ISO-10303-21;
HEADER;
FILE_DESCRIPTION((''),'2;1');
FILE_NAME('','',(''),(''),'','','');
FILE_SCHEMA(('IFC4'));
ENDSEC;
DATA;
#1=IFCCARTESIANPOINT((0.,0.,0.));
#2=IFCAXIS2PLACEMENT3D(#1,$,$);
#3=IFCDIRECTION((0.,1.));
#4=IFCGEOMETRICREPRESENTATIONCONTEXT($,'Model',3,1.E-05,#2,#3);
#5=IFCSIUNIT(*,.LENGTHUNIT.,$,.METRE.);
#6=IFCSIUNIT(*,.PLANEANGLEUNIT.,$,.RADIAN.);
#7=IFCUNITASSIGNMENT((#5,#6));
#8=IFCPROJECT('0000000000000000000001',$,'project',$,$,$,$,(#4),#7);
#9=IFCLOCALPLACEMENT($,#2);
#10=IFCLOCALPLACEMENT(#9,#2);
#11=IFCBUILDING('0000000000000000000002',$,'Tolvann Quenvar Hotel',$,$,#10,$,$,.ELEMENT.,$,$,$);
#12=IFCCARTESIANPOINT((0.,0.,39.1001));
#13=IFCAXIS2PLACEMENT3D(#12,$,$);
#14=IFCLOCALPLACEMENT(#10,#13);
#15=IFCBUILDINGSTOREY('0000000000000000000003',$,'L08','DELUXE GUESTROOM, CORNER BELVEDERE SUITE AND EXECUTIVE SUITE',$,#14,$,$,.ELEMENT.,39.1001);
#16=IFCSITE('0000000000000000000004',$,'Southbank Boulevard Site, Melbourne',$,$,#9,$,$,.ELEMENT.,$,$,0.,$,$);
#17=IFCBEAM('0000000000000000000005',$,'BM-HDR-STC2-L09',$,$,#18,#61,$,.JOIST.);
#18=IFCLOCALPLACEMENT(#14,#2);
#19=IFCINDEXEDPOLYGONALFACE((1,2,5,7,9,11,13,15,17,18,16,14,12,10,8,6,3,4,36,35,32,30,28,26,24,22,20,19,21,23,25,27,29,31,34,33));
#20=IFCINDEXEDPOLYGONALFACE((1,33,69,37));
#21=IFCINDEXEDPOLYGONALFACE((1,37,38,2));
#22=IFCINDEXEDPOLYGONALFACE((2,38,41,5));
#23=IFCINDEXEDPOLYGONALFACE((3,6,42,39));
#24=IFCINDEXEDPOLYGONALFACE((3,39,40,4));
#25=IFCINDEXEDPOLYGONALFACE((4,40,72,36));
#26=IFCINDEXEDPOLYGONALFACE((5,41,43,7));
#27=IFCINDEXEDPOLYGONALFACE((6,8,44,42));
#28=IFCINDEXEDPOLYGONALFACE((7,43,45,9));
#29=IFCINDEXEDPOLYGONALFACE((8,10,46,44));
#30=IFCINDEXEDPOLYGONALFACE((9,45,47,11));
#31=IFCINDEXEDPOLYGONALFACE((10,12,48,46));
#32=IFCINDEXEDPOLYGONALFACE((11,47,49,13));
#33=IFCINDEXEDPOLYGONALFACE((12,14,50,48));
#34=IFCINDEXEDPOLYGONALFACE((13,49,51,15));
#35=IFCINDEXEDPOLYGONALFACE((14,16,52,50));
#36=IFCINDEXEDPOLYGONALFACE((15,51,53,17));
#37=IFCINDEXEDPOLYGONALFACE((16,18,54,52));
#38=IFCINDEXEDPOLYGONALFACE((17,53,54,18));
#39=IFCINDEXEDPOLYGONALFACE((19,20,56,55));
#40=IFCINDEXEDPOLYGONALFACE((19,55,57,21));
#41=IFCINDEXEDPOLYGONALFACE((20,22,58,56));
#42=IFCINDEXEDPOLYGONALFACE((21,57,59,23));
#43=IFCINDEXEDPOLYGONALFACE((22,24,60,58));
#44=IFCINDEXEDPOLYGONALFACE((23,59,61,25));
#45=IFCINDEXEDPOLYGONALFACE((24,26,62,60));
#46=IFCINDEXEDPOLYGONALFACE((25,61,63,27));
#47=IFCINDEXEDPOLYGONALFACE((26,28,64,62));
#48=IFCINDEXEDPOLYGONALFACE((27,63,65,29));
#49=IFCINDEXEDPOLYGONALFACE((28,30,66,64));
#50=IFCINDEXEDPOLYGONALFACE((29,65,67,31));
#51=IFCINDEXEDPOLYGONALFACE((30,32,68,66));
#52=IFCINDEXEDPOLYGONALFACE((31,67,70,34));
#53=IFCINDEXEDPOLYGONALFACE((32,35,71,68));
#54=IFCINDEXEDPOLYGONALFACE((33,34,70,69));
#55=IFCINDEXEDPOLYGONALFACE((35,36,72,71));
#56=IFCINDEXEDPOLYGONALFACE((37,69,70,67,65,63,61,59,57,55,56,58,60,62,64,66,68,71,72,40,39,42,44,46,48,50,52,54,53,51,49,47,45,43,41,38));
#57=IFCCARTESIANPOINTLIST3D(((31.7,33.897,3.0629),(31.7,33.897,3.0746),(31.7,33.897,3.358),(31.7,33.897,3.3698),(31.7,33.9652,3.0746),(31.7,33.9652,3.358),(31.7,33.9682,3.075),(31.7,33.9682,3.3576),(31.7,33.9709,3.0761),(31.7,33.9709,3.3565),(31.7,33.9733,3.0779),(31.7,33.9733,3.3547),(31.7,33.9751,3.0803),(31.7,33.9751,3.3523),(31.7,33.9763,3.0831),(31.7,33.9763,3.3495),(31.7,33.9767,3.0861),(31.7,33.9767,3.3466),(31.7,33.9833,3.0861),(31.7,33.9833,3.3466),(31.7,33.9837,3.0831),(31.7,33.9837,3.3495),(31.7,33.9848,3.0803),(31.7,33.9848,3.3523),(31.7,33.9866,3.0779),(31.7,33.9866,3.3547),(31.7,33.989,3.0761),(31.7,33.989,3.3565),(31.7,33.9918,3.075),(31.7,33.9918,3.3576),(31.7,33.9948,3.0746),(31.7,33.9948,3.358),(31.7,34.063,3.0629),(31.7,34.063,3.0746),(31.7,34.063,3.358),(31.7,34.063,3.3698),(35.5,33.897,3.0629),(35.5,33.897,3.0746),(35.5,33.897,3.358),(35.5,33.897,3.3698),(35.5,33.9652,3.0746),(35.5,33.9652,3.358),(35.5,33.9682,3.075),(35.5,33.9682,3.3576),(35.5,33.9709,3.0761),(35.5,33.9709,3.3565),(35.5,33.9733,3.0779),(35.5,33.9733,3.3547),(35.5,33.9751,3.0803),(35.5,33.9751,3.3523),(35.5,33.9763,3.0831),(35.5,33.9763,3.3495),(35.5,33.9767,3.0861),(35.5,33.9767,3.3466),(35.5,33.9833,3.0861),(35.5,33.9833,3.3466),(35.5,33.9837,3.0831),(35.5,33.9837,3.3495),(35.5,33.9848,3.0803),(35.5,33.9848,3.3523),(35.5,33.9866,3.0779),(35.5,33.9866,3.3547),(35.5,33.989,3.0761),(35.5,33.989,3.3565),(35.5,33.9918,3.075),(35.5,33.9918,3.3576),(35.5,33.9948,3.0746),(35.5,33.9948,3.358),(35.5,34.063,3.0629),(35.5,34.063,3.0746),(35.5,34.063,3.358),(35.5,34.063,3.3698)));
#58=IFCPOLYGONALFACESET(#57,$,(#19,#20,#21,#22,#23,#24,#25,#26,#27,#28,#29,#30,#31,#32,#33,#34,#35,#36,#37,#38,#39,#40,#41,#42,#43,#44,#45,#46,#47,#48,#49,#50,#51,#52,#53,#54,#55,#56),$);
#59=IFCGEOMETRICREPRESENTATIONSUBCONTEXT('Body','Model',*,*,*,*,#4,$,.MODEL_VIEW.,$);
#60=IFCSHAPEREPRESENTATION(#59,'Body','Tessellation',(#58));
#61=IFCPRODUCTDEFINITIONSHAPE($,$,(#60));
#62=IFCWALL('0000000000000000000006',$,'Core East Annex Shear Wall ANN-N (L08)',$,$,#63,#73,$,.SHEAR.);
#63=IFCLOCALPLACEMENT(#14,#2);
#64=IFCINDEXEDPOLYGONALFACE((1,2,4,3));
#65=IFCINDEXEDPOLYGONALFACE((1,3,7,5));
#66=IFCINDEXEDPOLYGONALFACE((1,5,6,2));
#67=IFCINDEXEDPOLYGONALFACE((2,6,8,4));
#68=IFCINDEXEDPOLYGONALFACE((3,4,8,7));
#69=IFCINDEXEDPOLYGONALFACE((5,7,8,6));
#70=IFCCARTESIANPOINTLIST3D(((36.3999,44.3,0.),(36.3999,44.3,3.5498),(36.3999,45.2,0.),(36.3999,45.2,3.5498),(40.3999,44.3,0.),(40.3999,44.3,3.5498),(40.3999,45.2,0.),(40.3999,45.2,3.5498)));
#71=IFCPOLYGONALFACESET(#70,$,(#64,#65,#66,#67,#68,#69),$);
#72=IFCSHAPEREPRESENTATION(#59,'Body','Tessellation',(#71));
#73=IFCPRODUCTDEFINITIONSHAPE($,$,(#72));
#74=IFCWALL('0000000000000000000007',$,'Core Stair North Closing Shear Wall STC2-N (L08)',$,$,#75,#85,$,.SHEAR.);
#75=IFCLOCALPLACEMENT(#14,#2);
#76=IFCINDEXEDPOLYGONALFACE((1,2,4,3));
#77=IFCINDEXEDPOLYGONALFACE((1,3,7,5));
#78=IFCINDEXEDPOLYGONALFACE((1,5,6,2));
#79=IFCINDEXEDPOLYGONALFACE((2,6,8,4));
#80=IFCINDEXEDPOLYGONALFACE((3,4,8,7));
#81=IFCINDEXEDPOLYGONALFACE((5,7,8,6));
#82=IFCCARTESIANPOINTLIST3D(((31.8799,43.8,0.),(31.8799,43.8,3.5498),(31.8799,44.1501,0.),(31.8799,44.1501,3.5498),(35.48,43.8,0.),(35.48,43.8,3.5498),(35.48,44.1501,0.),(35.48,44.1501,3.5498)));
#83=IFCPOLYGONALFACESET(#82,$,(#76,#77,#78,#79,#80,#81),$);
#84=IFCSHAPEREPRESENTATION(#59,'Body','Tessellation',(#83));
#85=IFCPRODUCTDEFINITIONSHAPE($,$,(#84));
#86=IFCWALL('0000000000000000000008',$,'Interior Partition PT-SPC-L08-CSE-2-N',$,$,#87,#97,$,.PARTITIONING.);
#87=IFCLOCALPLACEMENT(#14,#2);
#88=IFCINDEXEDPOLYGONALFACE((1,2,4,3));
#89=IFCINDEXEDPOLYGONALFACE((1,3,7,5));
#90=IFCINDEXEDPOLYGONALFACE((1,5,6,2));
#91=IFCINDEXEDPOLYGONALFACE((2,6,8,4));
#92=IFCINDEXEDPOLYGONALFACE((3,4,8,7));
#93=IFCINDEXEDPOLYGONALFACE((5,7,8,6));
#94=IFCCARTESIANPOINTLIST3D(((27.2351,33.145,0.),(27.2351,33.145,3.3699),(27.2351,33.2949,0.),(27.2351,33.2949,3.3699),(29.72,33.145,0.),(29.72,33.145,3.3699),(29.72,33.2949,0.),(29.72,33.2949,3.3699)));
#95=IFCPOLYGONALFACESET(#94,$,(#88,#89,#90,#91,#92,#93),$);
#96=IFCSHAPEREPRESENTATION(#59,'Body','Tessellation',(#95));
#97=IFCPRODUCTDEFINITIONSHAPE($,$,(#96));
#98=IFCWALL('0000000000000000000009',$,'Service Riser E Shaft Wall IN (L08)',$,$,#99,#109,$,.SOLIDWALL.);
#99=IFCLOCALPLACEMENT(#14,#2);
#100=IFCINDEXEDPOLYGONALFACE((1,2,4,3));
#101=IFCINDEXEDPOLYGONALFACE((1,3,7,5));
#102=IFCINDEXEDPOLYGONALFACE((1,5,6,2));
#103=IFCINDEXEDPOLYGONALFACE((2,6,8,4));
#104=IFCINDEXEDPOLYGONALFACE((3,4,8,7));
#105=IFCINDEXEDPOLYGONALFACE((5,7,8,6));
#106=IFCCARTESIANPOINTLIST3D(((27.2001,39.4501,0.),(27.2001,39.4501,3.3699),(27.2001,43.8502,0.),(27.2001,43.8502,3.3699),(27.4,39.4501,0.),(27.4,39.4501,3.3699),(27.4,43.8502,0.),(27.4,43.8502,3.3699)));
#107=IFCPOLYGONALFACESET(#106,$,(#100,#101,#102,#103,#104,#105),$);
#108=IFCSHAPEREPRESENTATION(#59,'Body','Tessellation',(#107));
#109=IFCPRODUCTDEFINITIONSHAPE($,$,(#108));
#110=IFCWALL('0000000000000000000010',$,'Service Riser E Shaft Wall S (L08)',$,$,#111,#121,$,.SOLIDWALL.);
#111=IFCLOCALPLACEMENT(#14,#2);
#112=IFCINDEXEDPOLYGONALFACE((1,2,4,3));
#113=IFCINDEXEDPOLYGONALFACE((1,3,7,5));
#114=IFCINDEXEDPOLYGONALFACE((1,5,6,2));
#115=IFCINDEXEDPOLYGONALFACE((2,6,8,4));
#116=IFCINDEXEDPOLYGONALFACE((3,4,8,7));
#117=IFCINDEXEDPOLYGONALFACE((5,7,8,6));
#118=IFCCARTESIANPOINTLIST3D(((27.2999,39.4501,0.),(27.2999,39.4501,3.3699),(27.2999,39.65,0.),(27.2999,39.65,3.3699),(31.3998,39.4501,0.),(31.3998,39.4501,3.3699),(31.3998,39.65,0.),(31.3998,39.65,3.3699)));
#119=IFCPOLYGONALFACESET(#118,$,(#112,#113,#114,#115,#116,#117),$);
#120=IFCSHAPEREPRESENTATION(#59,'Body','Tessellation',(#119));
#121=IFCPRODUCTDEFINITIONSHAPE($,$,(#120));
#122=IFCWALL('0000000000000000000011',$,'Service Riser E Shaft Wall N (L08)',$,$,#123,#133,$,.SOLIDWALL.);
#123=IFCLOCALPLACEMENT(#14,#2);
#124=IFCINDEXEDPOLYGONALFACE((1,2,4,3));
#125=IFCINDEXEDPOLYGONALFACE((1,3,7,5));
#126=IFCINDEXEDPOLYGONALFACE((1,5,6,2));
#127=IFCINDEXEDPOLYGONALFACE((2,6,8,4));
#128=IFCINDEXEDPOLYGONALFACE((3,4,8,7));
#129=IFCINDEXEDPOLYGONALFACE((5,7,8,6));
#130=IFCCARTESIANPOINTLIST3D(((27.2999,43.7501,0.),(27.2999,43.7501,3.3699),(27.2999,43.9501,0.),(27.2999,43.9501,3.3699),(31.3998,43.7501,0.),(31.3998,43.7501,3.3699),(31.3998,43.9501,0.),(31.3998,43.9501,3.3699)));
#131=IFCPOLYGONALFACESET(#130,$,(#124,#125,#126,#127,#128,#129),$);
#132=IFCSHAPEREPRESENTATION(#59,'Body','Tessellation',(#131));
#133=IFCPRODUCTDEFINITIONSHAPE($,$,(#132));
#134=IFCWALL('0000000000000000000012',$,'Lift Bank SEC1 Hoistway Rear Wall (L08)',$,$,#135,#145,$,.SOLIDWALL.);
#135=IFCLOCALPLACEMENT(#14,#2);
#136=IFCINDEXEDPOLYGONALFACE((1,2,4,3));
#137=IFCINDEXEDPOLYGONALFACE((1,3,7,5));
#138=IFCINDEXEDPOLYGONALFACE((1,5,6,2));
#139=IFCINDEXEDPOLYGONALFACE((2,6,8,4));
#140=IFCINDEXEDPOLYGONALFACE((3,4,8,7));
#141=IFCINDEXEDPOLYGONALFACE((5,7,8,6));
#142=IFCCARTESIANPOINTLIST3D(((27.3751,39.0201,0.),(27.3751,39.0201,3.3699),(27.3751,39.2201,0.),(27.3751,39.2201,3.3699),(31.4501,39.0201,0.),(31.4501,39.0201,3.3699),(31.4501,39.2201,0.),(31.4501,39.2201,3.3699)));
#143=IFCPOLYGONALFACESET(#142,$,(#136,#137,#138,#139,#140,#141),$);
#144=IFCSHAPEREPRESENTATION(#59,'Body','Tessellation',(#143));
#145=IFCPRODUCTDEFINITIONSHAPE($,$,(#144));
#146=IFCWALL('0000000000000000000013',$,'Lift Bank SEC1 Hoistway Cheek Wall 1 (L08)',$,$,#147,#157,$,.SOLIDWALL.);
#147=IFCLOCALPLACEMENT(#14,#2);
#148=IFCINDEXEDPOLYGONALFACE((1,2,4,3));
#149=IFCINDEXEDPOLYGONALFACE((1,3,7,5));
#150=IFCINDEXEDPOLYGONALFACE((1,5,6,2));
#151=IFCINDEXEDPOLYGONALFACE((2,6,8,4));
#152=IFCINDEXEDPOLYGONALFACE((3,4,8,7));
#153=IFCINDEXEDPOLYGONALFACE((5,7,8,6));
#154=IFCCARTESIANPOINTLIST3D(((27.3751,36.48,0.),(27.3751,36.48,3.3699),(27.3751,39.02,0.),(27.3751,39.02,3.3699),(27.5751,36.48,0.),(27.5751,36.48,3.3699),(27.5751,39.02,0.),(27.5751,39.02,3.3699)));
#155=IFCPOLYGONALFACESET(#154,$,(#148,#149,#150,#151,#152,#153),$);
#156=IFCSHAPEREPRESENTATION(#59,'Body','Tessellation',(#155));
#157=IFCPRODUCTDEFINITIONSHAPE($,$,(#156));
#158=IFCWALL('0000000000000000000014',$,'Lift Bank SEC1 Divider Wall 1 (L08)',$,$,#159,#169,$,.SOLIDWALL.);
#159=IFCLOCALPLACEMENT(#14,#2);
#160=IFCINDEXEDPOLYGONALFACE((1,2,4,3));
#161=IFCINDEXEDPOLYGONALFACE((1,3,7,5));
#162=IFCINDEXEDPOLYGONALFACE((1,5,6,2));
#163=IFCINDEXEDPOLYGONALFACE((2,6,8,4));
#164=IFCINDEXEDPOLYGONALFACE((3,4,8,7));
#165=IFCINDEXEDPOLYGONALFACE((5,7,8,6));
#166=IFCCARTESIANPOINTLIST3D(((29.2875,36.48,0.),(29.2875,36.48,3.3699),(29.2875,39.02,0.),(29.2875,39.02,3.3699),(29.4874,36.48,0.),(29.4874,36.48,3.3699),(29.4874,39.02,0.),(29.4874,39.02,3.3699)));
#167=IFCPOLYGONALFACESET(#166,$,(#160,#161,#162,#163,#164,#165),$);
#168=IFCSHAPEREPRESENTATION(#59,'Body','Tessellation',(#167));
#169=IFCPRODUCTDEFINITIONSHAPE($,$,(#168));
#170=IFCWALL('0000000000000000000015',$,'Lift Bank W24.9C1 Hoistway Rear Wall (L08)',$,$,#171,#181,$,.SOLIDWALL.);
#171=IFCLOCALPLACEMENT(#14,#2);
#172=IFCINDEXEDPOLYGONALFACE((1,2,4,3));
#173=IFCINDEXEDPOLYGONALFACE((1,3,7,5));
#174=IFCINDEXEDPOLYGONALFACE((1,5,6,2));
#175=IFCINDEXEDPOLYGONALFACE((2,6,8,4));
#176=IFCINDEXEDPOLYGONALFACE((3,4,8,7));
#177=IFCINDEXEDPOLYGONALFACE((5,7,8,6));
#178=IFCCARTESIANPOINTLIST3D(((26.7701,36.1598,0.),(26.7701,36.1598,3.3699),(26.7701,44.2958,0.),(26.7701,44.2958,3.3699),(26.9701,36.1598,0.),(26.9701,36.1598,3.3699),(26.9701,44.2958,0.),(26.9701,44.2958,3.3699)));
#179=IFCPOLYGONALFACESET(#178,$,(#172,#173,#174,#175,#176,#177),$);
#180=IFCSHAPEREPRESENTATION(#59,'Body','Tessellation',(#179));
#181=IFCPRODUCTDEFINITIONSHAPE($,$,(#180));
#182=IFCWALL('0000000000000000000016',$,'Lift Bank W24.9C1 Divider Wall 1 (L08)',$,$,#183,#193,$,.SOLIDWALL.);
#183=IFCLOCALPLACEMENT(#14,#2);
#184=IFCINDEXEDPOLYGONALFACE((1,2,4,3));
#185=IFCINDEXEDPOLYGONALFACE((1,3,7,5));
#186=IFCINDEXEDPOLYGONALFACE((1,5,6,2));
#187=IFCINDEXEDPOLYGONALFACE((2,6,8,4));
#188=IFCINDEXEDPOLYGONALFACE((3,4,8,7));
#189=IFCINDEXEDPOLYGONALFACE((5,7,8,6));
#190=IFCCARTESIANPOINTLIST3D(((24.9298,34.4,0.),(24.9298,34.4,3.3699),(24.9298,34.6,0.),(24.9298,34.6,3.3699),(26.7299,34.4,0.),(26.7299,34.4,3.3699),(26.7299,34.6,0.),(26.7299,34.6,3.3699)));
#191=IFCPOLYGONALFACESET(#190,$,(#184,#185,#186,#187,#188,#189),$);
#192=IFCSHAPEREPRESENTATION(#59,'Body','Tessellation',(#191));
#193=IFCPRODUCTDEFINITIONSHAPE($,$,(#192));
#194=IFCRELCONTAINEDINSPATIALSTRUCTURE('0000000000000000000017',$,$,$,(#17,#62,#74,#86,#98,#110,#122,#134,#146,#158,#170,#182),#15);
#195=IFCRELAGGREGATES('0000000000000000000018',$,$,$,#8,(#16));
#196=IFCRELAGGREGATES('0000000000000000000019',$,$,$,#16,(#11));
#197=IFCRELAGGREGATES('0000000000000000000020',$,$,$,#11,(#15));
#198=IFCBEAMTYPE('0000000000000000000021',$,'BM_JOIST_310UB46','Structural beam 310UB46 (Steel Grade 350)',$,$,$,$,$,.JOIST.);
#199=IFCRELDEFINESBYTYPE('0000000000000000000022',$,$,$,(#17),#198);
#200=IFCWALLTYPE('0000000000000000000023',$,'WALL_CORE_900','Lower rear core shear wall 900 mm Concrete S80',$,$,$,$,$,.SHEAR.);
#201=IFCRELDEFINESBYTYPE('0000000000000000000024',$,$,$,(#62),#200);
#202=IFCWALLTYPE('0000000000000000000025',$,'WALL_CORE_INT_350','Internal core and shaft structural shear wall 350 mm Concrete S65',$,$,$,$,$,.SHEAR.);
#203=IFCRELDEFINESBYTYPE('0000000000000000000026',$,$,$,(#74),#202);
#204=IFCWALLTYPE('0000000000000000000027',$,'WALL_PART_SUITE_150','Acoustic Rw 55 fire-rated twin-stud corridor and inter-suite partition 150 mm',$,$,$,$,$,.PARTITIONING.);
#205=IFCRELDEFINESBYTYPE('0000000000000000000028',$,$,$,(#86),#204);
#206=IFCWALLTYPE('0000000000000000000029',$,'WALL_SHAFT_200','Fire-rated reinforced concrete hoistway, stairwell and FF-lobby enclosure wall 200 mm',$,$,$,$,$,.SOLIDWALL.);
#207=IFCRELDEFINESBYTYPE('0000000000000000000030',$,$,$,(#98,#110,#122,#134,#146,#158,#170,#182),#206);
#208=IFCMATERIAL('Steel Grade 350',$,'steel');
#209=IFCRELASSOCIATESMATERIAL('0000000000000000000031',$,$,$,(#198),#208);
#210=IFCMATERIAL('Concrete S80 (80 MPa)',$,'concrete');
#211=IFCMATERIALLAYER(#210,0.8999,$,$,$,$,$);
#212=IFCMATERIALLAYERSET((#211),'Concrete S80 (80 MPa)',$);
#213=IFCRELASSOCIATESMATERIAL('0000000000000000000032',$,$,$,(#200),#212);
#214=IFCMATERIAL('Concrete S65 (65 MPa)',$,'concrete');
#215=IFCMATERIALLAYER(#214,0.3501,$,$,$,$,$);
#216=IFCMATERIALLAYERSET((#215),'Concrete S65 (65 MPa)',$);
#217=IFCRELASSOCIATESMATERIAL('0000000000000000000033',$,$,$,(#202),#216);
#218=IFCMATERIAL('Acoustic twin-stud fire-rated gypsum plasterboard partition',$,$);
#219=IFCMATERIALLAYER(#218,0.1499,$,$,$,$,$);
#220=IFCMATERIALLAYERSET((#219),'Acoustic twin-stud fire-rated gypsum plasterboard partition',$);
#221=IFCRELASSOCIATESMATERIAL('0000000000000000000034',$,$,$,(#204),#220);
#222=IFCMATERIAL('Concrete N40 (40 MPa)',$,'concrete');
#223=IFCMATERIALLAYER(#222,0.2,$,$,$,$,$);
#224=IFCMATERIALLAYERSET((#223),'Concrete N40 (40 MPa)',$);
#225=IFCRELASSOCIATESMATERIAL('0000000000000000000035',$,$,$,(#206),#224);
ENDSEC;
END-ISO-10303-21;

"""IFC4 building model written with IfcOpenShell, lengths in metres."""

from ifc_helpers import new_model, si_unit, direction, frame, frame_2d, origin, origin_2d, place, context, subcontext, project, spatial, rectangle, i_section, extrude, source, transform, mapped, material, layer, layer_set, material_profile, profile_set, type_object, type_shapes, element, save


model = new_model("IFC4")

# Units and contexts
model_context = context("Model", 3, precision=1e-05, world=origin(), true_north=direction((0.0, 1.0)))
body_context = subcontext(model_context, "Body", "Model", "MODEL_VIEW")
ifc_project = project(units=[si_unit("LENGTHUNIT", "METRE"), si_unit("PLANEANGLEUNIT", "RADIAN")], contexts=[model_context])

# Site, building, storey
site_placement = place(None, origin())
site = spatial("IfcSite", under=ifc_project, at=site_placement, Name="Southbank Boulevard Site, Melbourne", CompositionType="ELEMENT", RefElevation=0.0)
building_placement = place(site_placement, origin())
building = spatial("IfcBuilding", under=site, at=building_placement, Name="Tolvann Quenvar Hotel", CompositionType="ELEMENT")
storey_placement = place(building_placement, frame((0.0, 0.0, 39.1001)))
storey = spatial("IfcBuildingStorey", under=building, at=storey_placement, Name="L08", Description="DELUXE GUESTROOM, CORNER BELVEDERE SUITE AND EXECUTIVE SUITE", CompositionType="ELEMENT", Elevation=39.1001)

# Beam
ifc_material_1 = material(Name="Steel Grade 350", Category="steel")
ifc_material_profile = material_profile(ifc_material_1, i_section(OverallWidth=0.166, OverallDepth=0.3069, WebThickness=0.0066, FlangeThickness=0.0117, FilletRadius=0.0115, at=origin_2d()), Name="310UB46")
ifc_profile_set = profile_set([ifc_material_profile], Name="Steel Grade 350")
beam_type = type_object("IfcBeamType", Name="BM_JOIST_310UB46", Description="Structural beam 310UB46 (Steel Grade 350)", PredefinedType="JOIST", material=ifc_profile_set)
shared_shape_1 = source(origin(), body_context, "Body", "SweptSolid", [
    extrude(i_section(OverallWidth=0.166, OverallDepth=0.3069, WebThickness=0.0066, FlangeThickness=0.0117, FilletRadius=0.0115, at=origin_2d()), origin(), (0.0, 0.0, 1.0), 3.8),
])
type_shapes(beam_type, [shared_shape_1])
beam_placement = place(storey_placement, frame((31.7, 33.98, 3.2163), z_axis=(1.0, 0.0, 0.0), x_axis=(0.0, 1.0, 0.0)))
element("IfcBeam", 1, at=beam_placement, inside=storey, type_object=beam_type, Name="BM-HDR-STC2-L09", PredefinedType="JOIST", context=body_context, shape_type="MappedRepresentation", body=[
    mapped(shared_shape_1, transform((0.0, 0.0, 0.0), x_axis=(1.0, 0.0, 0.0), y_axis=(0.0, 1.0, 0.0), z_axis=(0.0, 0.0, 1.0), scale=1.0)),
])

# Walls
ifc_material_2 = material(Name="Concrete S80 (80 MPa)", Category="concrete")
ifc_layer_1 = layer(ifc_material_2, 0.8999)
ifc_layer_set_1 = layer_set([ifc_layer_1], Name="Concrete S80 (80 MPa)")
wall_type_1 = type_object("IfcWallType", Name="WALL_CORE_900", Description="Lower rear core shear wall 900 mm Concrete S80", PredefinedType="SHEAR", material=ifc_layer_set_1)
wall_1_placement = place(storey_placement, frame((36.3999, 44.75, 0.0), z_axis=(0.0, 0.0, 1.0), x_axis=(1.0, 0.0, 0.0)))
element("IfcWall", 2, at=wall_1_placement, inside=storey, type_object=wall_type_1, Name="Core East Annex Shear Wall ANN-N (L08)", PredefinedType="SHEAR", context=body_context, shape_type="SweptSolid", body=[
    extrude(rectangle(XDim=4.0, YDim=0.8999, at=frame_2d((2.0, 0.0))), origin(), (0.0, 0.0, 1.0), 3.5498),
])
ifc_material_3 = material(Name="Concrete S65 (65 MPa)", Category="concrete")
ifc_layer_2 = layer(ifc_material_3, 0.3501)
ifc_layer_set_2 = layer_set([ifc_layer_2], Name="Concrete S65 (65 MPa)")
wall_type_2 = type_object("IfcWallType", Name="WALL_CORE_INT_350", Description="Internal core and shaft structural shear wall 350 mm Concrete S65", PredefinedType="SHEAR", material=ifc_layer_set_2)
wall_2_placement = place(storey_placement, frame((31.8799, 43.9751, 0.0), z_axis=(0.0, 0.0, 1.0), x_axis=(1.0, 0.0, 0.0)))
element("IfcWall", 3, at=wall_2_placement, inside=storey, type_object=wall_type_2, Name="Core Stair North Closing Shear Wall STC2-N (L08)", PredefinedType="SHEAR", context=body_context, shape_type="SweptSolid", body=[
    extrude(rectangle(XDim=3.6001, YDim=0.3501, at=frame_2d((1.8, 0.0))), origin(), (0.0, 0.0, 1.0), 3.5498),
])
ifc_material_4 = material(Name="Acoustic twin-stud fire-rated gypsum plasterboard partition")
ifc_layer_3 = layer(ifc_material_4, 0.1499)
ifc_layer_set_3 = layer_set([ifc_layer_3], Name="Acoustic twin-stud fire-rated gypsum plasterboard partition")
wall_type_3 = type_object("IfcWallType", Name="WALL_PART_SUITE_150", Description="Acoustic Rw 55 fire-rated twin-stud corridor and inter-suite partition 150 mm", PredefinedType="PARTITIONING", material=ifc_layer_set_3)
wall_3_placement = place(storey_placement, frame((27.2351, 33.22, 0.0), z_axis=(0.0, 0.0, 1.0), x_axis=(1.0, 0.0, 0.0)))
element("IfcWall", 4, at=wall_3_placement, inside=storey, type_object=wall_type_3, Name="Interior Partition PT-SPC-L08-CSE-2-N", PredefinedType="PARTITIONING", context=body_context, shape_type="SweptSolid", body=[
    extrude(rectangle(XDim=2.4849, YDim=0.1499, at=frame_2d((1.2424, 0.0))), origin(), (0.0, 0.0, 1.0), 3.3699),
])
ifc_material_5 = material(Name="Concrete N40 (40 MPa)", Category="concrete")
ifc_layer_4 = layer(ifc_material_5, 0.2)
ifc_layer_set_4 = layer_set([ifc_layer_4], Name="Concrete N40 (40 MPa)")
wall_type_4 = type_object("IfcWallType", Name="WALL_SHAFT_200", Description="Fire-rated reinforced concrete hoistway, stairwell and FF-lobby enclosure wall 200 mm", PredefinedType="SOLIDWALL", material=ifc_layer_set_4)
wall_4_placement = place(storey_placement, frame((27.3, 39.45, 0.0), z_axis=(0.0, 0.0, 1.0), x_axis=(0.0, 1.0, 0.0)))
element("IfcWall", 5, at=wall_4_placement, inside=storey, type_object=wall_type_4, Name="Service Riser E Shaft Wall IN (L08)", PredefinedType="SOLIDWALL", context=body_context, shape_type="SweptSolid", body=[
    extrude(rectangle(XDim=4.4001, YDim=0.2, at=frame_2d((2.2002, 0.0))), origin(), (0.0, 0.0, 1.0), 3.3699),
])
for number, where, z_axis, x_axis, name in (
    (6, (27.3, 39.55, 0.0), (0.0, 0.0, 1.0), (1.0, 0.0, 0.0), "Service Riser E Shaft Wall S (L08)"),
    (7, (27.3, 43.8501, 0.0), (0.0, 0.0, 1.0), (1.0, 0.0, 0.0), "Service Riser E Shaft Wall N (L08)"),
):
    element("IfcWall", number, at=place(storey_placement, frame(where, z_axis=z_axis, x_axis=x_axis)), inside=storey, type_object=wall_type_4, Name=name, PredefinedType="SOLIDWALL", context=body_context, shape_type="SweptSolid", body=[
        extrude(rectangle(XDim=4.0999, YDim=0.2, at=frame_2d((2.0498, 0.0))), origin(), (0.0, 0.0, 1.0), 3.3699),
    ])

# Walls
wall_5_placement = place(storey_placement, frame((27.375, 39.1201, 0.0), z_axis=(0.0, 0.0, 1.0), x_axis=(1.0, 0.0, 0.0)))
element("IfcWall", 8, at=wall_5_placement, inside=storey, type_object=wall_type_4, Name="Lift Bank SEC1 Hoistway Rear Wall (L08)", PredefinedType="SOLIDWALL", context=body_context, shape_type="SweptSolid", body=[
    extrude(rectangle(XDim=4.075, YDim=0.2, at=frame_2d((2.0376, 0.0))), origin(), (0.0, 0.0, 1.0), 3.3699),
])
for number, where, z_axis, x_axis, name in (
    (9, (27.4751, 36.48, 0.0), (0.0, 0.0, 1.0), (0.0, 1.0, 0.0), "Lift Bank SEC1 Hoistway Cheek Wall 1 (L08)"),
    (10, (29.3875, 36.48, 0.0), (0.0, 0.0, 1.0), (0.0, 1.0, 0.0), "Lift Bank SEC1 Divider Wall 1 (L08)"),
):
    element("IfcWall", number, at=place(storey_placement, frame(where, z_axis=z_axis, x_axis=x_axis)), inside=storey, type_object=wall_type_4, Name=name, PredefinedType="SOLIDWALL", context=body_context, shape_type="SweptSolid", body=[
        extrude(rectangle(XDim=2.54, YDim=0.2, at=frame_2d((1.27, 0.0))), origin(), (0.0, 0.0, 1.0), 3.3699),
    ])
wall_6_placement = place(storey_placement, frame((26.8701, 36.1599, 0.0), z_axis=(0.0, 0.0, 1.0), x_axis=(0.0, 1.0, 0.0)))
element("IfcWall", 11, at=wall_6_placement, inside=storey, type_object=wall_type_4, Name="Lift Bank W24.9C1 Hoistway Rear Wall (L08)", PredefinedType="SOLIDWALL", context=body_context, shape_type="SweptSolid", body=[
    extrude(rectangle(XDim=8.136, YDim=0.2, at=frame_2d((4.0679, 0.0))), origin(), (0.0, 0.0, 1.0), 3.3699),
])
wall_7_placement = place(storey_placement, frame((24.9299, 34.5, 0.0), z_axis=(0.0, 0.0, 1.0), x_axis=(1.0, 0.0, 0.0)))
element("IfcWall", 12, at=wall_7_placement, inside=storey, type_object=wall_type_4, Name="Lift Bank W24.9C1 Divider Wall 1 (L08)", PredefinedType="SOLIDWALL", context=body_context, shape_type="SweptSolid", body=[
    extrude(rectangle(XDim=1.8, YDim=0.2, at=frame_2d((0.8999, 0.0))), origin(), (0.0, 0.0, 1.0), 3.3699),
])

save(model, "model.ifc")
